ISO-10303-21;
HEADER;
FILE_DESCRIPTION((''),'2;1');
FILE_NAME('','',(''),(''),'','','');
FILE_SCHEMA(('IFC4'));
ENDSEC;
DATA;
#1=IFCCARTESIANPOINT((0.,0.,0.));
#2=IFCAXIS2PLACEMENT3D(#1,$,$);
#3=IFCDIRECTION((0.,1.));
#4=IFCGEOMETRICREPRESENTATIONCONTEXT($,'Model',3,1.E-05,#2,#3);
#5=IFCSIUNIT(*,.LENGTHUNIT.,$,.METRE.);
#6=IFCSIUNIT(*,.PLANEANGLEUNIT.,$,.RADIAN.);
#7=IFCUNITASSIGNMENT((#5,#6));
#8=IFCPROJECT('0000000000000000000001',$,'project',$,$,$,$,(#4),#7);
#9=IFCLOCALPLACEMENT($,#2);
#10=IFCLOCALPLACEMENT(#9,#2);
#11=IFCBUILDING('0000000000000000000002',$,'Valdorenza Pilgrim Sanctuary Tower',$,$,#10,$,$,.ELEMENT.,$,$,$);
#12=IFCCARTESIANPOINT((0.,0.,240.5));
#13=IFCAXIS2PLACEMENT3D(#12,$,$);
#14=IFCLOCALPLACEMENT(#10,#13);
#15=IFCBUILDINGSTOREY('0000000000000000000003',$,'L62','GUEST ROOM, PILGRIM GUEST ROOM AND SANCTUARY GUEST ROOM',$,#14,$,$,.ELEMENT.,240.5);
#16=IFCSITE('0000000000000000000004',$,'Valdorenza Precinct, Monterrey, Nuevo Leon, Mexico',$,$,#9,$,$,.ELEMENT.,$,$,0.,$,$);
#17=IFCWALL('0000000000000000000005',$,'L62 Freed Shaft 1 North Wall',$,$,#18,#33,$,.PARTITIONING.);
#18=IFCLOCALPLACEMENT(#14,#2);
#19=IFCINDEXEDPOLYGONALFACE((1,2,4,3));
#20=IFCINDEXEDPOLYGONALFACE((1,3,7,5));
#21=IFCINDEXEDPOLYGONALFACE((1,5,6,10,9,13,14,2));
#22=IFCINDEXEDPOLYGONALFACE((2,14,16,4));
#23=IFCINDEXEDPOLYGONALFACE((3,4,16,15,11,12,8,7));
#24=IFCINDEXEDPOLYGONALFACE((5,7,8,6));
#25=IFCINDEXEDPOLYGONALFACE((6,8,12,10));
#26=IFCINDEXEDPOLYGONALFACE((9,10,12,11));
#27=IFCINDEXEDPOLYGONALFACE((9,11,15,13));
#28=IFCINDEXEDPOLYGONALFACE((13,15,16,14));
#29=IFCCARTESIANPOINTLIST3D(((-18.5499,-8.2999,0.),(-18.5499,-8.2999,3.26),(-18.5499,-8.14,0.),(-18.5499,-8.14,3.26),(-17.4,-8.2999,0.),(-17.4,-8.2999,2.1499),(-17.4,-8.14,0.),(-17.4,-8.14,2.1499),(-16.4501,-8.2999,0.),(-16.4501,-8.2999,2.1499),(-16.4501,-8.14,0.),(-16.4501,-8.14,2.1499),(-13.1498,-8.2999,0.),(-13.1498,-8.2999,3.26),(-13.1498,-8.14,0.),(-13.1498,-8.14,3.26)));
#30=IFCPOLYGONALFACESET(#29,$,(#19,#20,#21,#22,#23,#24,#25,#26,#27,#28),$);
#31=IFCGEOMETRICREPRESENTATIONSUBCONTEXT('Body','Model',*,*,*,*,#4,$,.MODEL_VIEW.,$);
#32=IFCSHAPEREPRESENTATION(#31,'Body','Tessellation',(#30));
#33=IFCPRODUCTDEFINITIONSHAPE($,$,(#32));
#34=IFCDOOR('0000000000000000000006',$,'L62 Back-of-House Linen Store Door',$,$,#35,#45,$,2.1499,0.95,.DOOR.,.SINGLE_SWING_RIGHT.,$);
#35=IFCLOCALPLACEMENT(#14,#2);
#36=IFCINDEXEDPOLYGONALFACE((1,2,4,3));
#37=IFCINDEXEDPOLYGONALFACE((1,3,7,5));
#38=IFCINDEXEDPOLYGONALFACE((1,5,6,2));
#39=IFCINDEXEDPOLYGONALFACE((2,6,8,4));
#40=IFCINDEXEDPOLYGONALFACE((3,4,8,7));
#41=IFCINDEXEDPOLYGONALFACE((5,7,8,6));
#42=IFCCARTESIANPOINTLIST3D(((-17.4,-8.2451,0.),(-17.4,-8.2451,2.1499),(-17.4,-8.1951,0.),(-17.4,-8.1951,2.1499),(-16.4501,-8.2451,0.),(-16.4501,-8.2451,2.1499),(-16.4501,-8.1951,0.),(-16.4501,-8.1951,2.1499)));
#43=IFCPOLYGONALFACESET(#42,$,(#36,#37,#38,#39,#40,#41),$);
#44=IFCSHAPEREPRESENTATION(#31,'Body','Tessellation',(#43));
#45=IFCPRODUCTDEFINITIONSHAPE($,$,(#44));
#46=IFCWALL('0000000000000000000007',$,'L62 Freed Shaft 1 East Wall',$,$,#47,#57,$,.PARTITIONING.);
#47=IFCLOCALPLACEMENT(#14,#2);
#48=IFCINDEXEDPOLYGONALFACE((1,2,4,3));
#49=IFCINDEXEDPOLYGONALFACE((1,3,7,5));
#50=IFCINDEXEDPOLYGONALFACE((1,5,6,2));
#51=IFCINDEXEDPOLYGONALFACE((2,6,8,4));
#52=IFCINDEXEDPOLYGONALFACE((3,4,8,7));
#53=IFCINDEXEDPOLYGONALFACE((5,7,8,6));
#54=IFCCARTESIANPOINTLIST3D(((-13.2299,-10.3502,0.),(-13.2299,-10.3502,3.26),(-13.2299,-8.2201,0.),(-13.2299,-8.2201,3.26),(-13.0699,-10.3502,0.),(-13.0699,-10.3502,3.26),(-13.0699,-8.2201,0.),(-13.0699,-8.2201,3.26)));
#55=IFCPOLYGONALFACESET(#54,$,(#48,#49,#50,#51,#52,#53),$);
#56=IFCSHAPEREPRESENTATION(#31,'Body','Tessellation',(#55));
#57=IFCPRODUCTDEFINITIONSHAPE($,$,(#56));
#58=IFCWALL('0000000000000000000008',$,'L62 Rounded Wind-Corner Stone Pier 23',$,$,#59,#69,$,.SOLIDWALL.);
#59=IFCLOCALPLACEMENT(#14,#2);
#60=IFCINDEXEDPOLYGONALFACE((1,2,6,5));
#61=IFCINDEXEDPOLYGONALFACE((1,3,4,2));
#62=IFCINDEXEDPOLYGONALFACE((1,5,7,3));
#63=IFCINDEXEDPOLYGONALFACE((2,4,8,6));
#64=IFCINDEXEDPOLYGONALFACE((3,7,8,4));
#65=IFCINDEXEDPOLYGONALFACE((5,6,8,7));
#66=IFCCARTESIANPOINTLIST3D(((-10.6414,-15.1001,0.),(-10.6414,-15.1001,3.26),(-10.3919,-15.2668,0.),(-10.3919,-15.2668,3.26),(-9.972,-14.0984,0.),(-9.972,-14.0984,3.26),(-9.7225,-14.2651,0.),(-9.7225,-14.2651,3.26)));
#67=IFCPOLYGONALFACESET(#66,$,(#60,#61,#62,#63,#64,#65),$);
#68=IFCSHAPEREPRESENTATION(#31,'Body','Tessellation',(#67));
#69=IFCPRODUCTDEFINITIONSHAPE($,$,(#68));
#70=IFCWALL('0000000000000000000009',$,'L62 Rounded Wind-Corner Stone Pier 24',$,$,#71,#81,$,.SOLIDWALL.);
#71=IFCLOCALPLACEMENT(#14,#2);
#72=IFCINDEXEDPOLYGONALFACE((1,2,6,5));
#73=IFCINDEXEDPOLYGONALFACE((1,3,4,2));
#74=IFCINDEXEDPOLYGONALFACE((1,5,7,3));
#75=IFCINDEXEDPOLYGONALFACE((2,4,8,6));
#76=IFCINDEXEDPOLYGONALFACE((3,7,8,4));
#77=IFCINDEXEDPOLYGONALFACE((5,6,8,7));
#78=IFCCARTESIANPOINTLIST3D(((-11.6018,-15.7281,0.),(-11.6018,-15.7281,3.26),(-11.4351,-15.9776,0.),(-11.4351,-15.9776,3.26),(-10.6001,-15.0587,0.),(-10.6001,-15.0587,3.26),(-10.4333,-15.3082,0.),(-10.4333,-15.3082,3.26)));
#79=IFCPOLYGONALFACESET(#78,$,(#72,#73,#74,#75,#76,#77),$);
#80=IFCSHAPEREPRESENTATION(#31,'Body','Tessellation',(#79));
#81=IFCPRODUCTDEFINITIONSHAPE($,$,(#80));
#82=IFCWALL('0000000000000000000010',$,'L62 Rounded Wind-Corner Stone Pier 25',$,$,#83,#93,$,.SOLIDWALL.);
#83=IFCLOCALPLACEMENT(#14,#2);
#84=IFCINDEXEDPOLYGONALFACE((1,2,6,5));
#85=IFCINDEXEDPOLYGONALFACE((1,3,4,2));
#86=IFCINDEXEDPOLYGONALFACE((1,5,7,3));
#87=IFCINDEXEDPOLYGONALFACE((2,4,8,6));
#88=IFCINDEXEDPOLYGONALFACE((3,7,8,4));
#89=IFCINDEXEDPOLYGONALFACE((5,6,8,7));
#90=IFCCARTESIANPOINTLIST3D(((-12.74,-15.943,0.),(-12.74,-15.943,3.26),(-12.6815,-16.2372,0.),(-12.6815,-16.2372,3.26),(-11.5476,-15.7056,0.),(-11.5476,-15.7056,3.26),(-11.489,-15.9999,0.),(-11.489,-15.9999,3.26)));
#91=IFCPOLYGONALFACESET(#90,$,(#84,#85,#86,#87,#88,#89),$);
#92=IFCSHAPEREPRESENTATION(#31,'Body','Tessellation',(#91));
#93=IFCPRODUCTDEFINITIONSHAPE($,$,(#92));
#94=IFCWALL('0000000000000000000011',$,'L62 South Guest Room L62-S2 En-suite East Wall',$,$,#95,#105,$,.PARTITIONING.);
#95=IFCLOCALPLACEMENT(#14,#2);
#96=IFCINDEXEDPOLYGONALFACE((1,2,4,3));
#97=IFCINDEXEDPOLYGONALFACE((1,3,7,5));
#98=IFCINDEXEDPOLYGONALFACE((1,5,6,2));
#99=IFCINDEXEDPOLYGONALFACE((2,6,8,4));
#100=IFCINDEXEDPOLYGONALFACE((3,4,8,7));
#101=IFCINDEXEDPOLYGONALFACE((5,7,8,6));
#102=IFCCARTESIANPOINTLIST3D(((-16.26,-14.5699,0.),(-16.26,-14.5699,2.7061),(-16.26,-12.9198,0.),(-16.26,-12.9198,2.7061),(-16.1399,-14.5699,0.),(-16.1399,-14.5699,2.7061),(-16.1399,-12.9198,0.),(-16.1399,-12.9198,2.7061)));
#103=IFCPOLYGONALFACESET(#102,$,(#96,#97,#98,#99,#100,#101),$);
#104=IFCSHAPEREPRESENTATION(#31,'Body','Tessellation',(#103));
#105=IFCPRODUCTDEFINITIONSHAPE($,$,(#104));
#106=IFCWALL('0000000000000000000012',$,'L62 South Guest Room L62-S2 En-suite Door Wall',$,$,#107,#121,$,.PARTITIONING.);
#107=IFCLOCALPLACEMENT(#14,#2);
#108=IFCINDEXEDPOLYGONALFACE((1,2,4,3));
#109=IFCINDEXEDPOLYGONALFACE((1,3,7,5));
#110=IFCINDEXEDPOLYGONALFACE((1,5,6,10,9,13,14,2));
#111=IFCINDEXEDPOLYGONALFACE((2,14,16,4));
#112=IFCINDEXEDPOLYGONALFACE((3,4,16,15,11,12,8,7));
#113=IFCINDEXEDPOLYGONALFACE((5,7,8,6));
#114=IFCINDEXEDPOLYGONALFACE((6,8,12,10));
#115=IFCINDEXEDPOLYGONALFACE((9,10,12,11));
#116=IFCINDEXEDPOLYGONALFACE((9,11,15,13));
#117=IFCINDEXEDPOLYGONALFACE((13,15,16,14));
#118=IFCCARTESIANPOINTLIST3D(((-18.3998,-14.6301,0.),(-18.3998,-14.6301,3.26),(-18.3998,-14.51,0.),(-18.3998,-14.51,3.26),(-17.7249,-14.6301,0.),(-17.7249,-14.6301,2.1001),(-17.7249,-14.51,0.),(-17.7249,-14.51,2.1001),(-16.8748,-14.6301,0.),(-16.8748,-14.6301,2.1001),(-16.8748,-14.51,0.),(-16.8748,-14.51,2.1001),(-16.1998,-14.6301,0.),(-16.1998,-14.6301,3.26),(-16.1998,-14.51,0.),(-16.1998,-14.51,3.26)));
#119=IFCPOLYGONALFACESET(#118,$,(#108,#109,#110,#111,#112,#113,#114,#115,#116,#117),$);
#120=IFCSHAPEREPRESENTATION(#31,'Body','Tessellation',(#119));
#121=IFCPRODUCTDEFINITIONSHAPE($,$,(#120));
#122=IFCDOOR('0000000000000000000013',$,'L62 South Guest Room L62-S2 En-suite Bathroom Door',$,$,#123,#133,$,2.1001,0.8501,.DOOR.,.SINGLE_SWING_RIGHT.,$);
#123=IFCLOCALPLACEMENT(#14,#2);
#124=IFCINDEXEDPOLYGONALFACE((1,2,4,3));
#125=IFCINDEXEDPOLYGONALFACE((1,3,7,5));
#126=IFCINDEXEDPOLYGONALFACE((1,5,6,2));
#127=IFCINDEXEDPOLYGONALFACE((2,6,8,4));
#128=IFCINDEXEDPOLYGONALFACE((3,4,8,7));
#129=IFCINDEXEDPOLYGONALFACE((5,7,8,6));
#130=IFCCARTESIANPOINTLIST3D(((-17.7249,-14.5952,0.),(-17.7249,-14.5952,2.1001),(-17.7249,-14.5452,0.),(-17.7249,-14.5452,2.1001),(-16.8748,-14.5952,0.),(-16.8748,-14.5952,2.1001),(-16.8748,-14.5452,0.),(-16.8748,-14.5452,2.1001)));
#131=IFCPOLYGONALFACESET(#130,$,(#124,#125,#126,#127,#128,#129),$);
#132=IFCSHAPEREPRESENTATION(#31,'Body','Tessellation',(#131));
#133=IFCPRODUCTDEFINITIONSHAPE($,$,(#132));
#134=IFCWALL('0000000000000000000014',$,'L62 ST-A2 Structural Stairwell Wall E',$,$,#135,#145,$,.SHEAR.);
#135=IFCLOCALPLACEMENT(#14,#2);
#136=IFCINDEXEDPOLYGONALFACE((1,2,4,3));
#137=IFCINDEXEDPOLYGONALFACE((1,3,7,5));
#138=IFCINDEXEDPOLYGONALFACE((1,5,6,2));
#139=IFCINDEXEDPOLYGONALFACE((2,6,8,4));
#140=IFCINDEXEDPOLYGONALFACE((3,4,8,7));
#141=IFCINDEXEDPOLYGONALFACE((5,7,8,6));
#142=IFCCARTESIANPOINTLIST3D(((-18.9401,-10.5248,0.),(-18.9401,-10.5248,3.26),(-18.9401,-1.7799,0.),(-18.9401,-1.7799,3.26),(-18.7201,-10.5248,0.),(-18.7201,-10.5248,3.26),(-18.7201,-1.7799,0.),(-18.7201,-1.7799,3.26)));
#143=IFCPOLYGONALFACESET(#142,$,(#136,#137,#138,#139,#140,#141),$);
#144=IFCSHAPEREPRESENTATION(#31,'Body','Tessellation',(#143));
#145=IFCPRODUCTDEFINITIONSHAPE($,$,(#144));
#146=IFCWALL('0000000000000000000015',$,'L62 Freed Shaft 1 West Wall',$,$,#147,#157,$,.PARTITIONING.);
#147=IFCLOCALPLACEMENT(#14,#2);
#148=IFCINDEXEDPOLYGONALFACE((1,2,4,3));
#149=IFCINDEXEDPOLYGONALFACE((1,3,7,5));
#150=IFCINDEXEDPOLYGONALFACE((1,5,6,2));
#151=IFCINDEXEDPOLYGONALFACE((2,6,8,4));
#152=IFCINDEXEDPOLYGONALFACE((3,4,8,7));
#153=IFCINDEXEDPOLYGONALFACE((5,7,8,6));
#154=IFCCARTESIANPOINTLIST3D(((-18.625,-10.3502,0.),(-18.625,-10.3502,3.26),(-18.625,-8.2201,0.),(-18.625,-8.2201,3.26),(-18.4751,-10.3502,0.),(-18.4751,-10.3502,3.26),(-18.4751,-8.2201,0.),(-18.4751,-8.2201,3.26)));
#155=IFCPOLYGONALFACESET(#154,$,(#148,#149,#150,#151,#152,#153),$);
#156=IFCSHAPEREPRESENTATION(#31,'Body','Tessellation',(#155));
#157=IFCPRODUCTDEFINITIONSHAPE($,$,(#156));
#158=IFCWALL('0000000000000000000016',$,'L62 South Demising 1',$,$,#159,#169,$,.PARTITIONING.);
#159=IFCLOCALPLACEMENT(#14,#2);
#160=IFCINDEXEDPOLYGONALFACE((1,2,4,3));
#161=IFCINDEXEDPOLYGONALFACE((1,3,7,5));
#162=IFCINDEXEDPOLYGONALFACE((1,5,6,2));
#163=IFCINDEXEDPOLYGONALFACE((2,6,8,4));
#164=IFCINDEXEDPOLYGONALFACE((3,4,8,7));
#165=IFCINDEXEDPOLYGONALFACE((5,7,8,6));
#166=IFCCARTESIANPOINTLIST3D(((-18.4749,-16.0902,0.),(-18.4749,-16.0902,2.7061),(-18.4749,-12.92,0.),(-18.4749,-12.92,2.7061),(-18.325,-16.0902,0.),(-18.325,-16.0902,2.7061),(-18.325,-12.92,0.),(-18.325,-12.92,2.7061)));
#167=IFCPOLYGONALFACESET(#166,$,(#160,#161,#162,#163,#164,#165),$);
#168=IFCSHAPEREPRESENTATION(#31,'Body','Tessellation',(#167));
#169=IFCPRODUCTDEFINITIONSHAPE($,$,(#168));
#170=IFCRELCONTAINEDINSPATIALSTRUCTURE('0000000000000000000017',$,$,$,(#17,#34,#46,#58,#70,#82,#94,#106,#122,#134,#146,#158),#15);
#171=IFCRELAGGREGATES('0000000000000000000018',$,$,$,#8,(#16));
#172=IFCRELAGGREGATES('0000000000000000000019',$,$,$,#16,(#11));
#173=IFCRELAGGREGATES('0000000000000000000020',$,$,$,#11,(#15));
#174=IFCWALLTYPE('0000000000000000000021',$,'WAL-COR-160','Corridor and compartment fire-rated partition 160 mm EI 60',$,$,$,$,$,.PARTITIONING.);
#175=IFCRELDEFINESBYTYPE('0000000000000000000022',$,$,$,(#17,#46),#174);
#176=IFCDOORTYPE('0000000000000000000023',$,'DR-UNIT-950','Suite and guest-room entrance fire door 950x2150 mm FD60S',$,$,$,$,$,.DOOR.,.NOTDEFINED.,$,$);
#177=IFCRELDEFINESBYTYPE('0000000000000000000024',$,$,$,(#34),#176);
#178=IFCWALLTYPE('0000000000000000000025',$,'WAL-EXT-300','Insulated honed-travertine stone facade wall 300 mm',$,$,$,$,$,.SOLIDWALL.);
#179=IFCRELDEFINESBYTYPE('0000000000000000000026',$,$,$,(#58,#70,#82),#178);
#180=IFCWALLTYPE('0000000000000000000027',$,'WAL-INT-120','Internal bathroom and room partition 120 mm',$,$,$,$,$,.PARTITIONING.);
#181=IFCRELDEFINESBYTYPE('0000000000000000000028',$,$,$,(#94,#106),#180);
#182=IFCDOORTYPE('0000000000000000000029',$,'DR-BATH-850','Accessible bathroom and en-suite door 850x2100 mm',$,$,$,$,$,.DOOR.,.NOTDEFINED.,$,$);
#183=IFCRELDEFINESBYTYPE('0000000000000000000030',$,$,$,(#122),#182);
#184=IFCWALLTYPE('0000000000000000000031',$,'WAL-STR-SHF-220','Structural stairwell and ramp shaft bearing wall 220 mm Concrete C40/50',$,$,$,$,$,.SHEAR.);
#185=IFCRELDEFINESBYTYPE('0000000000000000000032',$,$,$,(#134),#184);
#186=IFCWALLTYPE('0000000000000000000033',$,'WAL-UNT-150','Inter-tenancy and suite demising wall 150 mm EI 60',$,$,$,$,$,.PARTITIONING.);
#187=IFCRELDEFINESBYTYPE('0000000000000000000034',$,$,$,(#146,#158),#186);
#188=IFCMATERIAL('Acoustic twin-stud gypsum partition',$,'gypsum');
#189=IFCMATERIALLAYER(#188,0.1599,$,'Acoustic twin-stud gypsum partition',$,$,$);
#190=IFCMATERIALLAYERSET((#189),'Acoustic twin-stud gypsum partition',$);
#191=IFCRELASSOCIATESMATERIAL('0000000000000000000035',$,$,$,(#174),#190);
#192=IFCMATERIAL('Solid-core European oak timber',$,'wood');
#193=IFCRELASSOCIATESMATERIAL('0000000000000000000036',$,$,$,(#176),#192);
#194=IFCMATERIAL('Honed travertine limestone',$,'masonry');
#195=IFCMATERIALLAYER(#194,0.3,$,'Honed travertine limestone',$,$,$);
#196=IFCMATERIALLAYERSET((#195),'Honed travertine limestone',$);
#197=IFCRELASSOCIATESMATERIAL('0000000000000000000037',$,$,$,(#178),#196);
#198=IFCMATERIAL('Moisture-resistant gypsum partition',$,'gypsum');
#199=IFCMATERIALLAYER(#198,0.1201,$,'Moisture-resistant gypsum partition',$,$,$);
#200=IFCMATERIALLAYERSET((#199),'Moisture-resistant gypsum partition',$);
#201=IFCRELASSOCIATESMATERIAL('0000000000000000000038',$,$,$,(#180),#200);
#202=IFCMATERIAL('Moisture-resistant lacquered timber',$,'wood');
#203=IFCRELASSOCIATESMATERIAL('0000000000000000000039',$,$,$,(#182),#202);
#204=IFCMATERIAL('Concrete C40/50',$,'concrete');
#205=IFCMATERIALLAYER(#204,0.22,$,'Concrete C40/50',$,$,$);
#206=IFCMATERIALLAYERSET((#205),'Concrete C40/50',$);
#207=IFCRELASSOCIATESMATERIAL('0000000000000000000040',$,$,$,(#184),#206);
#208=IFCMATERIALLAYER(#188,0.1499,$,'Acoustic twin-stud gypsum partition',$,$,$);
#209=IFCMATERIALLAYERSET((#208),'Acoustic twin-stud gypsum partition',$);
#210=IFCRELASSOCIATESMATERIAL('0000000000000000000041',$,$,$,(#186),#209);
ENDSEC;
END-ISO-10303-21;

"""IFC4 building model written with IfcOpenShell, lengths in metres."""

from ifc_helpers import new_model, si_unit, direction, frame, frame_2d, origin, place, context, subcontext, project, spatial, rectangle, extrude, material, layer, layer_set, type_object, element, fill, save


model = new_model("IFC4")

# Units and contexts
model_context = context("Model", 3, precision=1e-05, world=origin(), true_north=direction((0.0, 1.0)))
body_context = subcontext(model_context, "Body", "Model", "MODEL_VIEW")
ifc_project = project(units=[si_unit("LENGTHUNIT", "METRE"), si_unit("PLANEANGLEUNIT", "RADIAN")], contexts=[model_context])

# Site, building, storey
site_placement = place(None, origin())
site = spatial("IfcSite", under=ifc_project, at=site_placement, Name="Valdorenza Precinct, Monterrey, Nuevo Leon, Mexico", CompositionType="ELEMENT", RefElevation=0.0)
building_placement = place(site_placement, origin())
building = spatial("IfcBuilding", under=site, at=building_placement, Name="Valdorenza Pilgrim Sanctuary Tower", CompositionType="ELEMENT")
storey_placement = place(building_placement, frame((0.0, 0.0, 240.5)))
storey = spatial("IfcBuildingStorey", under=building, at=storey_placement, Name="L62", Description="GUEST ROOM, PILGRIM GUEST ROOM AND SANCTUARY GUEST ROOM", CompositionType="ELEMENT", Elevation=240.5)

# Shared definitions
ifc_material_1 = material(Name="Honed travertine limestone", Category="masonry")

# Wall, opening, door
ifc_material_2 = material(Name="Acoustic twin-stud gypsum partition", Category="gypsum")
ifc_layer_1 = layer(ifc_material_2, 0.1599, Name="Acoustic twin-stud gypsum partition")
ifc_layer_set_1 = layer_set([ifc_layer_1], Name="Acoustic twin-stud gypsum partition")
wall_type_1 = type_object("IfcWallType", Name="WAL-COR-160", Description="Corridor and compartment fire-rated partition 160 mm EI 60", PredefinedType="PARTITIONING", material=ifc_layer_set_1)
wall_1_placement = place(storey_placement, frame((-18.55, -8.22, 0.0), z_axis=(0.0, 0.0, 1.0), x_axis=(1.0, 0.0, 0.0)))
wall_1 = element("IfcWall", 1, at=wall_1_placement, inside=storey, type_object=wall_type_1, Name="L62 Freed Shaft 1 North Wall", PredefinedType="PARTITIONING", context=body_context, shape_type="SweptSolid", body=[
    extrude(rectangle(XDim=5.4001, YDim=0.1599, at=frame_2d((2.7002, 0.0))), origin(), (0.0, 0.0, 1.0), 3.26),
])
opening_1_placement = place(wall_1_placement, frame((1.1499, 0.0, 0.0)))
opening_1 = element("IfcOpeningElement", 2, at=opening_1_placement, cuts=wall_1, PredefinedType="OPENING", context=body_context, shape_type="SweptSolid", body=[
    extrude(rectangle(XDim=0.95, YDim=2.1499, at=frame_2d((0.4751, 1.075))), frame((0.0, 0.0947, 0.0), z_axis=(0.0, -1.0, 0.0), x_axis=(1.0, 0.0, 0.0)), (0.0, 0.0, 1.0), 0.1897),
])
ifc_material_3 = material(Name="Solid-core European oak timber", Category="wood")
door_type_1 = type_object("IfcDoorType", Name="DR-UNIT-950", Description="Suite and guest-room entrance fire door 950x2150 mm FD60S", OperationType="NOTDEFINED", PredefinedType="DOOR", material=ifc_material_3)
door_1_placement = place(opening_1_placement, origin())
door_1 = element("IfcDoor", 3, at=door_1_placement, inside=storey, type_object=door_type_1, Name="L62 Back-of-House Linen Store Door", OperationType="SINGLE_SWING_RIGHT", OverallHeight=2.1499, OverallWidth=0.95, PredefinedType="DOOR", context=body_context, shape_type="SweptSolid", body=[
    extrude(rectangle(XDim=0.95, YDim=2.1499, at=frame_2d((0.4751, 1.075))), frame((0.0, 0.0249, 0.0), z_axis=(0.0, -1.0, 0.0), x_axis=(1.0, 0.0, 0.0)), (0.0, 0.0, 1.0), 0.05),
])
fill(opening_1, door_1)

# Walls
wall_2_placement = place(storey_placement, frame((-13.1499, -10.3501, 0.0), z_axis=(0.0, 0.0, 1.0), x_axis=(0.0, 1.0, 0.0)))
element("IfcWall", 4, at=wall_2_placement, inside=storey, type_object=wall_type_1, Name="L62 Freed Shaft 1 East Wall", PredefinedType="PARTITIONING", context=body_context, shape_type="SweptSolid", body=[
    extrude(rectangle(XDim=2.1301, YDim=0.1599, at=frame_2d((1.0649, 0.0))), origin(), (0.0, 0.0, 1.0), 3.26),
])
ifc_layer_2 = layer(ifc_material_1, 0.3, Name="Honed travertine limestone")
ifc_layer_set_2 = layer_set([ifc_layer_2], Name="Honed travertine limestone")
wall_type_2 = type_object("IfcWallType", Name="WAL-EXT-300", Description="Insulated honed-travertine stone facade wall 300 mm", PredefinedType="SOLIDWALL", material=ifc_layer_set_2)
for number, where, z_axis, x_axis, name in (
    (5, (-9.8472, -14.1816, 0.0), (0.0, 0.0, 1.0), (-0.555635, -0.831426, 0.0), "L62 Rounded Wind-Corner Stone Pier 23"),
    (6, (-10.5166, -15.1833, 0.0), (0.0, 0.0, 1.0), (-0.831426, -0.555635, 0.0), "L62 Rounded Wind-Corner Stone Pier 24"),
):
    element("IfcWall", number, at=place(storey_placement, frame(where, z_axis=z_axis, x_axis=x_axis)), inside=storey, type_object=wall_type_2, Name=name, PredefinedType="SOLIDWALL", context=body_context, shape_type="SweptSolid", body=[
        extrude(rectangle(XDim=1.2048, YDim=0.3, at=frame_2d((0.6025, 0.0))), origin(), (0.0, 0.0, 1.0), 3.26),
    ])
wall_3_placement = place(storey_placement, frame((-11.5183, -15.8528, 0.0), z_axis=(0.0, 0.0, 1.0), x_axis=(-0.980766, -0.195189, 0.0)))
element("IfcWall", 7, at=wall_3_placement, inside=storey, type_object=wall_type_2, Name="L62 Rounded Wind-Corner Stone Pier 25", PredefinedType="SOLIDWALL", context=body_context, shape_type="SweptSolid", body=[
    extrude(rectangle(XDim=1.2158, YDim=0.3, at=frame_2d((0.6079, 0.0))), origin(), (0.0, 0.0, 1.0), 3.26),
])
ifc_material_4 = material(Name="Moisture-resistant gypsum partition", Category="gypsum")
ifc_layer_3 = layer(ifc_material_4, 0.1201, Name="Moisture-resistant gypsum partition")
ifc_layer_set_3 = layer_set([ifc_layer_3], Name="Moisture-resistant gypsum partition")
wall_type_3 = type_object("IfcWallType", Name="WAL-INT-120", Description="Internal bathroom and room partition 120 mm", PredefinedType="PARTITIONING", material=ifc_layer_set_3)
wall_4_placement = place(storey_placement, frame((-16.2, -14.5701, 0.0), z_axis=(0.0, 0.0, 1.0), x_axis=(0.0, 1.0, 0.0)))
element("IfcWall", 8, at=wall_4_placement, inside=storey, type_object=wall_type_3, Name="L62 South Guest Room L62-S2 En-suite East Wall", PredefinedType="PARTITIONING", context=body_context, shape_type="SweptSolid", body=[
    extrude(rectangle(XDim=1.6501, YDim=0.1201, at=frame_2d((0.8252, 0.0))), origin(), (0.0, 0.0, 1.0), 2.7061),
])

# Wall, opening, door
wall_5_placement = place(storey_placement, frame((-18.3999, -14.5701, 0.0), z_axis=(0.0, 0.0, 1.0), x_axis=(1.0, 0.0, 0.0)))
wall_5 = element("IfcWall", 9, at=wall_5_placement, inside=storey, type_object=wall_type_3, Name="L62 South Guest Room L62-S2 En-suite Door Wall", PredefinedType="PARTITIONING", context=body_context, shape_type="SweptSolid", body=[
    extrude(rectangle(XDim=2.2, YDim=0.1201, at=frame_2d((1.1001, 0.0))), origin(), (0.0, 0.0, 1.0), 3.26),
])
opening_2_placement = place(wall_5_placement, frame((0.675, 0.0, 0.0)))
opening_2 = element("IfcOpeningElement", 10, at=opening_2_placement, cuts=wall_5, PredefinedType="OPENING", context=body_context, shape_type="SweptSolid", body=[
    extrude(rectangle(XDim=0.8501, YDim=2.1001, at=frame_2d((0.425, 1.05))), frame((0.0, 0.075, 0.0), z_axis=(0.0, -1.0, 0.0), x_axis=(1.0, 0.0, 0.0)), (0.0, 0.0, 1.0), 0.1499),
])
ifc_material_5 = material(Name="Moisture-resistant lacquered timber", Category="wood")
door_type_2 = type_object("IfcDoorType", Name="DR-BATH-850", Description="Accessible bathroom and en-suite door 850x2100 mm", OperationType="NOTDEFINED", PredefinedType="DOOR", material=ifc_material_5)
door_2_placement = place(opening_2_placement, origin())
door_2 = element("IfcDoor", 11, at=door_2_placement, inside=storey, type_object=door_type_2, Name="L62 South Guest Room L62-S2 En-suite Bathroom Door", OperationType="SINGLE_SWING_RIGHT", OverallHeight=2.1001, OverallWidth=0.8501, PredefinedType="DOOR", context=body_context, shape_type="SweptSolid", body=[
    extrude(rectangle(XDim=0.8501, YDim=2.1001, at=frame_2d((0.425, 1.05))), frame((0.0, 0.0249, 0.0), z_axis=(0.0, -1.0, 0.0), x_axis=(1.0, 0.0, 0.0)), (0.0, 0.0, 1.0), 0.05),
])
fill(opening_2, door_2)

# Walls
ifc_material_6 = material(Name="Concrete C40/50", Category="concrete")
ifc_layer_4 = layer(ifc_material_6, 0.22, Name="Concrete C40/50")
ifc_layer_set_4 = layer_set([ifc_layer_4], Name="Concrete C40/50")
wall_type_4 = type_object("IfcWallType", Name="WAL-STR-SHF-220", Description="Structural stairwell and ramp shaft bearing wall 220 mm Concrete C40/50", PredefinedType="SHEAR", material=ifc_layer_set_4)
wall_6_placement = place(storey_placement, frame((-18.8301, -10.5249, 0.0), z_axis=(0.0, 0.0, 1.0), x_axis=(0.0, 1.0, 0.0)))
element("IfcWall", 12, at=wall_6_placement, inside=storey, type_object=wall_type_4, Name="L62 ST-A2 Structural Stairwell Wall E", PredefinedType="SHEAR", context=body_context, shape_type="SweptSolid", body=[
    extrude(rectangle(XDim=8.7449, YDim=0.22, at=frame_2d((4.3726, 0.0))), origin(), (0.0, 0.0, 1.0), 3.26),
])
ifc_layer_5 = layer(ifc_material_2, 0.1499, Name="Acoustic twin-stud gypsum partition")
ifc_layer_set_5 = layer_set([ifc_layer_5], Name="Acoustic twin-stud gypsum partition")
wall_type_5 = type_object("IfcWallType", Name="WAL-UNT-150", Description="Inter-tenancy and suite demising wall 150 mm EI 60", PredefinedType="PARTITIONING", material=ifc_layer_set_5)
wall_7_placement = place(storey_placement, frame((-18.55, -10.3501, 0.0), z_axis=(0.0, 0.0, 1.0), x_axis=(0.0, 1.0, 0.0)))
element("IfcWall", 13, at=wall_7_placement, inside=storey, type_object=wall_type_5, Name="L62 Freed Shaft 1 West Wall", PredefinedType="PARTITIONING", context=body_context, shape_type="SweptSolid", body=[
    extrude(rectangle(XDim=2.1301, YDim=0.1499, at=frame_2d((1.0649, 0.0))), origin(), (0.0, 0.0, 1.0), 3.26),
])
wall_8_placement = place(storey_placement, frame((-18.3999, -16.0901, 0.0), z_axis=(0.0, 0.0, 1.0), x_axis=(0.0, 1.0, 0.0)))
element("IfcWall", 14, at=wall_8_placement, inside=storey, type_object=wall_type_5, Name="L62 South Demising 1", PredefinedType="PARTITIONING", context=body_context, shape_type="SweptSolid", body=[
    extrude(rectangle(XDim=3.1702, YDim=0.1499, at=frame_2d((1.585, 0.0))), origin(), (0.0, 0.0, 1.0), 2.7061),
])

save(model, "model.ifc")
